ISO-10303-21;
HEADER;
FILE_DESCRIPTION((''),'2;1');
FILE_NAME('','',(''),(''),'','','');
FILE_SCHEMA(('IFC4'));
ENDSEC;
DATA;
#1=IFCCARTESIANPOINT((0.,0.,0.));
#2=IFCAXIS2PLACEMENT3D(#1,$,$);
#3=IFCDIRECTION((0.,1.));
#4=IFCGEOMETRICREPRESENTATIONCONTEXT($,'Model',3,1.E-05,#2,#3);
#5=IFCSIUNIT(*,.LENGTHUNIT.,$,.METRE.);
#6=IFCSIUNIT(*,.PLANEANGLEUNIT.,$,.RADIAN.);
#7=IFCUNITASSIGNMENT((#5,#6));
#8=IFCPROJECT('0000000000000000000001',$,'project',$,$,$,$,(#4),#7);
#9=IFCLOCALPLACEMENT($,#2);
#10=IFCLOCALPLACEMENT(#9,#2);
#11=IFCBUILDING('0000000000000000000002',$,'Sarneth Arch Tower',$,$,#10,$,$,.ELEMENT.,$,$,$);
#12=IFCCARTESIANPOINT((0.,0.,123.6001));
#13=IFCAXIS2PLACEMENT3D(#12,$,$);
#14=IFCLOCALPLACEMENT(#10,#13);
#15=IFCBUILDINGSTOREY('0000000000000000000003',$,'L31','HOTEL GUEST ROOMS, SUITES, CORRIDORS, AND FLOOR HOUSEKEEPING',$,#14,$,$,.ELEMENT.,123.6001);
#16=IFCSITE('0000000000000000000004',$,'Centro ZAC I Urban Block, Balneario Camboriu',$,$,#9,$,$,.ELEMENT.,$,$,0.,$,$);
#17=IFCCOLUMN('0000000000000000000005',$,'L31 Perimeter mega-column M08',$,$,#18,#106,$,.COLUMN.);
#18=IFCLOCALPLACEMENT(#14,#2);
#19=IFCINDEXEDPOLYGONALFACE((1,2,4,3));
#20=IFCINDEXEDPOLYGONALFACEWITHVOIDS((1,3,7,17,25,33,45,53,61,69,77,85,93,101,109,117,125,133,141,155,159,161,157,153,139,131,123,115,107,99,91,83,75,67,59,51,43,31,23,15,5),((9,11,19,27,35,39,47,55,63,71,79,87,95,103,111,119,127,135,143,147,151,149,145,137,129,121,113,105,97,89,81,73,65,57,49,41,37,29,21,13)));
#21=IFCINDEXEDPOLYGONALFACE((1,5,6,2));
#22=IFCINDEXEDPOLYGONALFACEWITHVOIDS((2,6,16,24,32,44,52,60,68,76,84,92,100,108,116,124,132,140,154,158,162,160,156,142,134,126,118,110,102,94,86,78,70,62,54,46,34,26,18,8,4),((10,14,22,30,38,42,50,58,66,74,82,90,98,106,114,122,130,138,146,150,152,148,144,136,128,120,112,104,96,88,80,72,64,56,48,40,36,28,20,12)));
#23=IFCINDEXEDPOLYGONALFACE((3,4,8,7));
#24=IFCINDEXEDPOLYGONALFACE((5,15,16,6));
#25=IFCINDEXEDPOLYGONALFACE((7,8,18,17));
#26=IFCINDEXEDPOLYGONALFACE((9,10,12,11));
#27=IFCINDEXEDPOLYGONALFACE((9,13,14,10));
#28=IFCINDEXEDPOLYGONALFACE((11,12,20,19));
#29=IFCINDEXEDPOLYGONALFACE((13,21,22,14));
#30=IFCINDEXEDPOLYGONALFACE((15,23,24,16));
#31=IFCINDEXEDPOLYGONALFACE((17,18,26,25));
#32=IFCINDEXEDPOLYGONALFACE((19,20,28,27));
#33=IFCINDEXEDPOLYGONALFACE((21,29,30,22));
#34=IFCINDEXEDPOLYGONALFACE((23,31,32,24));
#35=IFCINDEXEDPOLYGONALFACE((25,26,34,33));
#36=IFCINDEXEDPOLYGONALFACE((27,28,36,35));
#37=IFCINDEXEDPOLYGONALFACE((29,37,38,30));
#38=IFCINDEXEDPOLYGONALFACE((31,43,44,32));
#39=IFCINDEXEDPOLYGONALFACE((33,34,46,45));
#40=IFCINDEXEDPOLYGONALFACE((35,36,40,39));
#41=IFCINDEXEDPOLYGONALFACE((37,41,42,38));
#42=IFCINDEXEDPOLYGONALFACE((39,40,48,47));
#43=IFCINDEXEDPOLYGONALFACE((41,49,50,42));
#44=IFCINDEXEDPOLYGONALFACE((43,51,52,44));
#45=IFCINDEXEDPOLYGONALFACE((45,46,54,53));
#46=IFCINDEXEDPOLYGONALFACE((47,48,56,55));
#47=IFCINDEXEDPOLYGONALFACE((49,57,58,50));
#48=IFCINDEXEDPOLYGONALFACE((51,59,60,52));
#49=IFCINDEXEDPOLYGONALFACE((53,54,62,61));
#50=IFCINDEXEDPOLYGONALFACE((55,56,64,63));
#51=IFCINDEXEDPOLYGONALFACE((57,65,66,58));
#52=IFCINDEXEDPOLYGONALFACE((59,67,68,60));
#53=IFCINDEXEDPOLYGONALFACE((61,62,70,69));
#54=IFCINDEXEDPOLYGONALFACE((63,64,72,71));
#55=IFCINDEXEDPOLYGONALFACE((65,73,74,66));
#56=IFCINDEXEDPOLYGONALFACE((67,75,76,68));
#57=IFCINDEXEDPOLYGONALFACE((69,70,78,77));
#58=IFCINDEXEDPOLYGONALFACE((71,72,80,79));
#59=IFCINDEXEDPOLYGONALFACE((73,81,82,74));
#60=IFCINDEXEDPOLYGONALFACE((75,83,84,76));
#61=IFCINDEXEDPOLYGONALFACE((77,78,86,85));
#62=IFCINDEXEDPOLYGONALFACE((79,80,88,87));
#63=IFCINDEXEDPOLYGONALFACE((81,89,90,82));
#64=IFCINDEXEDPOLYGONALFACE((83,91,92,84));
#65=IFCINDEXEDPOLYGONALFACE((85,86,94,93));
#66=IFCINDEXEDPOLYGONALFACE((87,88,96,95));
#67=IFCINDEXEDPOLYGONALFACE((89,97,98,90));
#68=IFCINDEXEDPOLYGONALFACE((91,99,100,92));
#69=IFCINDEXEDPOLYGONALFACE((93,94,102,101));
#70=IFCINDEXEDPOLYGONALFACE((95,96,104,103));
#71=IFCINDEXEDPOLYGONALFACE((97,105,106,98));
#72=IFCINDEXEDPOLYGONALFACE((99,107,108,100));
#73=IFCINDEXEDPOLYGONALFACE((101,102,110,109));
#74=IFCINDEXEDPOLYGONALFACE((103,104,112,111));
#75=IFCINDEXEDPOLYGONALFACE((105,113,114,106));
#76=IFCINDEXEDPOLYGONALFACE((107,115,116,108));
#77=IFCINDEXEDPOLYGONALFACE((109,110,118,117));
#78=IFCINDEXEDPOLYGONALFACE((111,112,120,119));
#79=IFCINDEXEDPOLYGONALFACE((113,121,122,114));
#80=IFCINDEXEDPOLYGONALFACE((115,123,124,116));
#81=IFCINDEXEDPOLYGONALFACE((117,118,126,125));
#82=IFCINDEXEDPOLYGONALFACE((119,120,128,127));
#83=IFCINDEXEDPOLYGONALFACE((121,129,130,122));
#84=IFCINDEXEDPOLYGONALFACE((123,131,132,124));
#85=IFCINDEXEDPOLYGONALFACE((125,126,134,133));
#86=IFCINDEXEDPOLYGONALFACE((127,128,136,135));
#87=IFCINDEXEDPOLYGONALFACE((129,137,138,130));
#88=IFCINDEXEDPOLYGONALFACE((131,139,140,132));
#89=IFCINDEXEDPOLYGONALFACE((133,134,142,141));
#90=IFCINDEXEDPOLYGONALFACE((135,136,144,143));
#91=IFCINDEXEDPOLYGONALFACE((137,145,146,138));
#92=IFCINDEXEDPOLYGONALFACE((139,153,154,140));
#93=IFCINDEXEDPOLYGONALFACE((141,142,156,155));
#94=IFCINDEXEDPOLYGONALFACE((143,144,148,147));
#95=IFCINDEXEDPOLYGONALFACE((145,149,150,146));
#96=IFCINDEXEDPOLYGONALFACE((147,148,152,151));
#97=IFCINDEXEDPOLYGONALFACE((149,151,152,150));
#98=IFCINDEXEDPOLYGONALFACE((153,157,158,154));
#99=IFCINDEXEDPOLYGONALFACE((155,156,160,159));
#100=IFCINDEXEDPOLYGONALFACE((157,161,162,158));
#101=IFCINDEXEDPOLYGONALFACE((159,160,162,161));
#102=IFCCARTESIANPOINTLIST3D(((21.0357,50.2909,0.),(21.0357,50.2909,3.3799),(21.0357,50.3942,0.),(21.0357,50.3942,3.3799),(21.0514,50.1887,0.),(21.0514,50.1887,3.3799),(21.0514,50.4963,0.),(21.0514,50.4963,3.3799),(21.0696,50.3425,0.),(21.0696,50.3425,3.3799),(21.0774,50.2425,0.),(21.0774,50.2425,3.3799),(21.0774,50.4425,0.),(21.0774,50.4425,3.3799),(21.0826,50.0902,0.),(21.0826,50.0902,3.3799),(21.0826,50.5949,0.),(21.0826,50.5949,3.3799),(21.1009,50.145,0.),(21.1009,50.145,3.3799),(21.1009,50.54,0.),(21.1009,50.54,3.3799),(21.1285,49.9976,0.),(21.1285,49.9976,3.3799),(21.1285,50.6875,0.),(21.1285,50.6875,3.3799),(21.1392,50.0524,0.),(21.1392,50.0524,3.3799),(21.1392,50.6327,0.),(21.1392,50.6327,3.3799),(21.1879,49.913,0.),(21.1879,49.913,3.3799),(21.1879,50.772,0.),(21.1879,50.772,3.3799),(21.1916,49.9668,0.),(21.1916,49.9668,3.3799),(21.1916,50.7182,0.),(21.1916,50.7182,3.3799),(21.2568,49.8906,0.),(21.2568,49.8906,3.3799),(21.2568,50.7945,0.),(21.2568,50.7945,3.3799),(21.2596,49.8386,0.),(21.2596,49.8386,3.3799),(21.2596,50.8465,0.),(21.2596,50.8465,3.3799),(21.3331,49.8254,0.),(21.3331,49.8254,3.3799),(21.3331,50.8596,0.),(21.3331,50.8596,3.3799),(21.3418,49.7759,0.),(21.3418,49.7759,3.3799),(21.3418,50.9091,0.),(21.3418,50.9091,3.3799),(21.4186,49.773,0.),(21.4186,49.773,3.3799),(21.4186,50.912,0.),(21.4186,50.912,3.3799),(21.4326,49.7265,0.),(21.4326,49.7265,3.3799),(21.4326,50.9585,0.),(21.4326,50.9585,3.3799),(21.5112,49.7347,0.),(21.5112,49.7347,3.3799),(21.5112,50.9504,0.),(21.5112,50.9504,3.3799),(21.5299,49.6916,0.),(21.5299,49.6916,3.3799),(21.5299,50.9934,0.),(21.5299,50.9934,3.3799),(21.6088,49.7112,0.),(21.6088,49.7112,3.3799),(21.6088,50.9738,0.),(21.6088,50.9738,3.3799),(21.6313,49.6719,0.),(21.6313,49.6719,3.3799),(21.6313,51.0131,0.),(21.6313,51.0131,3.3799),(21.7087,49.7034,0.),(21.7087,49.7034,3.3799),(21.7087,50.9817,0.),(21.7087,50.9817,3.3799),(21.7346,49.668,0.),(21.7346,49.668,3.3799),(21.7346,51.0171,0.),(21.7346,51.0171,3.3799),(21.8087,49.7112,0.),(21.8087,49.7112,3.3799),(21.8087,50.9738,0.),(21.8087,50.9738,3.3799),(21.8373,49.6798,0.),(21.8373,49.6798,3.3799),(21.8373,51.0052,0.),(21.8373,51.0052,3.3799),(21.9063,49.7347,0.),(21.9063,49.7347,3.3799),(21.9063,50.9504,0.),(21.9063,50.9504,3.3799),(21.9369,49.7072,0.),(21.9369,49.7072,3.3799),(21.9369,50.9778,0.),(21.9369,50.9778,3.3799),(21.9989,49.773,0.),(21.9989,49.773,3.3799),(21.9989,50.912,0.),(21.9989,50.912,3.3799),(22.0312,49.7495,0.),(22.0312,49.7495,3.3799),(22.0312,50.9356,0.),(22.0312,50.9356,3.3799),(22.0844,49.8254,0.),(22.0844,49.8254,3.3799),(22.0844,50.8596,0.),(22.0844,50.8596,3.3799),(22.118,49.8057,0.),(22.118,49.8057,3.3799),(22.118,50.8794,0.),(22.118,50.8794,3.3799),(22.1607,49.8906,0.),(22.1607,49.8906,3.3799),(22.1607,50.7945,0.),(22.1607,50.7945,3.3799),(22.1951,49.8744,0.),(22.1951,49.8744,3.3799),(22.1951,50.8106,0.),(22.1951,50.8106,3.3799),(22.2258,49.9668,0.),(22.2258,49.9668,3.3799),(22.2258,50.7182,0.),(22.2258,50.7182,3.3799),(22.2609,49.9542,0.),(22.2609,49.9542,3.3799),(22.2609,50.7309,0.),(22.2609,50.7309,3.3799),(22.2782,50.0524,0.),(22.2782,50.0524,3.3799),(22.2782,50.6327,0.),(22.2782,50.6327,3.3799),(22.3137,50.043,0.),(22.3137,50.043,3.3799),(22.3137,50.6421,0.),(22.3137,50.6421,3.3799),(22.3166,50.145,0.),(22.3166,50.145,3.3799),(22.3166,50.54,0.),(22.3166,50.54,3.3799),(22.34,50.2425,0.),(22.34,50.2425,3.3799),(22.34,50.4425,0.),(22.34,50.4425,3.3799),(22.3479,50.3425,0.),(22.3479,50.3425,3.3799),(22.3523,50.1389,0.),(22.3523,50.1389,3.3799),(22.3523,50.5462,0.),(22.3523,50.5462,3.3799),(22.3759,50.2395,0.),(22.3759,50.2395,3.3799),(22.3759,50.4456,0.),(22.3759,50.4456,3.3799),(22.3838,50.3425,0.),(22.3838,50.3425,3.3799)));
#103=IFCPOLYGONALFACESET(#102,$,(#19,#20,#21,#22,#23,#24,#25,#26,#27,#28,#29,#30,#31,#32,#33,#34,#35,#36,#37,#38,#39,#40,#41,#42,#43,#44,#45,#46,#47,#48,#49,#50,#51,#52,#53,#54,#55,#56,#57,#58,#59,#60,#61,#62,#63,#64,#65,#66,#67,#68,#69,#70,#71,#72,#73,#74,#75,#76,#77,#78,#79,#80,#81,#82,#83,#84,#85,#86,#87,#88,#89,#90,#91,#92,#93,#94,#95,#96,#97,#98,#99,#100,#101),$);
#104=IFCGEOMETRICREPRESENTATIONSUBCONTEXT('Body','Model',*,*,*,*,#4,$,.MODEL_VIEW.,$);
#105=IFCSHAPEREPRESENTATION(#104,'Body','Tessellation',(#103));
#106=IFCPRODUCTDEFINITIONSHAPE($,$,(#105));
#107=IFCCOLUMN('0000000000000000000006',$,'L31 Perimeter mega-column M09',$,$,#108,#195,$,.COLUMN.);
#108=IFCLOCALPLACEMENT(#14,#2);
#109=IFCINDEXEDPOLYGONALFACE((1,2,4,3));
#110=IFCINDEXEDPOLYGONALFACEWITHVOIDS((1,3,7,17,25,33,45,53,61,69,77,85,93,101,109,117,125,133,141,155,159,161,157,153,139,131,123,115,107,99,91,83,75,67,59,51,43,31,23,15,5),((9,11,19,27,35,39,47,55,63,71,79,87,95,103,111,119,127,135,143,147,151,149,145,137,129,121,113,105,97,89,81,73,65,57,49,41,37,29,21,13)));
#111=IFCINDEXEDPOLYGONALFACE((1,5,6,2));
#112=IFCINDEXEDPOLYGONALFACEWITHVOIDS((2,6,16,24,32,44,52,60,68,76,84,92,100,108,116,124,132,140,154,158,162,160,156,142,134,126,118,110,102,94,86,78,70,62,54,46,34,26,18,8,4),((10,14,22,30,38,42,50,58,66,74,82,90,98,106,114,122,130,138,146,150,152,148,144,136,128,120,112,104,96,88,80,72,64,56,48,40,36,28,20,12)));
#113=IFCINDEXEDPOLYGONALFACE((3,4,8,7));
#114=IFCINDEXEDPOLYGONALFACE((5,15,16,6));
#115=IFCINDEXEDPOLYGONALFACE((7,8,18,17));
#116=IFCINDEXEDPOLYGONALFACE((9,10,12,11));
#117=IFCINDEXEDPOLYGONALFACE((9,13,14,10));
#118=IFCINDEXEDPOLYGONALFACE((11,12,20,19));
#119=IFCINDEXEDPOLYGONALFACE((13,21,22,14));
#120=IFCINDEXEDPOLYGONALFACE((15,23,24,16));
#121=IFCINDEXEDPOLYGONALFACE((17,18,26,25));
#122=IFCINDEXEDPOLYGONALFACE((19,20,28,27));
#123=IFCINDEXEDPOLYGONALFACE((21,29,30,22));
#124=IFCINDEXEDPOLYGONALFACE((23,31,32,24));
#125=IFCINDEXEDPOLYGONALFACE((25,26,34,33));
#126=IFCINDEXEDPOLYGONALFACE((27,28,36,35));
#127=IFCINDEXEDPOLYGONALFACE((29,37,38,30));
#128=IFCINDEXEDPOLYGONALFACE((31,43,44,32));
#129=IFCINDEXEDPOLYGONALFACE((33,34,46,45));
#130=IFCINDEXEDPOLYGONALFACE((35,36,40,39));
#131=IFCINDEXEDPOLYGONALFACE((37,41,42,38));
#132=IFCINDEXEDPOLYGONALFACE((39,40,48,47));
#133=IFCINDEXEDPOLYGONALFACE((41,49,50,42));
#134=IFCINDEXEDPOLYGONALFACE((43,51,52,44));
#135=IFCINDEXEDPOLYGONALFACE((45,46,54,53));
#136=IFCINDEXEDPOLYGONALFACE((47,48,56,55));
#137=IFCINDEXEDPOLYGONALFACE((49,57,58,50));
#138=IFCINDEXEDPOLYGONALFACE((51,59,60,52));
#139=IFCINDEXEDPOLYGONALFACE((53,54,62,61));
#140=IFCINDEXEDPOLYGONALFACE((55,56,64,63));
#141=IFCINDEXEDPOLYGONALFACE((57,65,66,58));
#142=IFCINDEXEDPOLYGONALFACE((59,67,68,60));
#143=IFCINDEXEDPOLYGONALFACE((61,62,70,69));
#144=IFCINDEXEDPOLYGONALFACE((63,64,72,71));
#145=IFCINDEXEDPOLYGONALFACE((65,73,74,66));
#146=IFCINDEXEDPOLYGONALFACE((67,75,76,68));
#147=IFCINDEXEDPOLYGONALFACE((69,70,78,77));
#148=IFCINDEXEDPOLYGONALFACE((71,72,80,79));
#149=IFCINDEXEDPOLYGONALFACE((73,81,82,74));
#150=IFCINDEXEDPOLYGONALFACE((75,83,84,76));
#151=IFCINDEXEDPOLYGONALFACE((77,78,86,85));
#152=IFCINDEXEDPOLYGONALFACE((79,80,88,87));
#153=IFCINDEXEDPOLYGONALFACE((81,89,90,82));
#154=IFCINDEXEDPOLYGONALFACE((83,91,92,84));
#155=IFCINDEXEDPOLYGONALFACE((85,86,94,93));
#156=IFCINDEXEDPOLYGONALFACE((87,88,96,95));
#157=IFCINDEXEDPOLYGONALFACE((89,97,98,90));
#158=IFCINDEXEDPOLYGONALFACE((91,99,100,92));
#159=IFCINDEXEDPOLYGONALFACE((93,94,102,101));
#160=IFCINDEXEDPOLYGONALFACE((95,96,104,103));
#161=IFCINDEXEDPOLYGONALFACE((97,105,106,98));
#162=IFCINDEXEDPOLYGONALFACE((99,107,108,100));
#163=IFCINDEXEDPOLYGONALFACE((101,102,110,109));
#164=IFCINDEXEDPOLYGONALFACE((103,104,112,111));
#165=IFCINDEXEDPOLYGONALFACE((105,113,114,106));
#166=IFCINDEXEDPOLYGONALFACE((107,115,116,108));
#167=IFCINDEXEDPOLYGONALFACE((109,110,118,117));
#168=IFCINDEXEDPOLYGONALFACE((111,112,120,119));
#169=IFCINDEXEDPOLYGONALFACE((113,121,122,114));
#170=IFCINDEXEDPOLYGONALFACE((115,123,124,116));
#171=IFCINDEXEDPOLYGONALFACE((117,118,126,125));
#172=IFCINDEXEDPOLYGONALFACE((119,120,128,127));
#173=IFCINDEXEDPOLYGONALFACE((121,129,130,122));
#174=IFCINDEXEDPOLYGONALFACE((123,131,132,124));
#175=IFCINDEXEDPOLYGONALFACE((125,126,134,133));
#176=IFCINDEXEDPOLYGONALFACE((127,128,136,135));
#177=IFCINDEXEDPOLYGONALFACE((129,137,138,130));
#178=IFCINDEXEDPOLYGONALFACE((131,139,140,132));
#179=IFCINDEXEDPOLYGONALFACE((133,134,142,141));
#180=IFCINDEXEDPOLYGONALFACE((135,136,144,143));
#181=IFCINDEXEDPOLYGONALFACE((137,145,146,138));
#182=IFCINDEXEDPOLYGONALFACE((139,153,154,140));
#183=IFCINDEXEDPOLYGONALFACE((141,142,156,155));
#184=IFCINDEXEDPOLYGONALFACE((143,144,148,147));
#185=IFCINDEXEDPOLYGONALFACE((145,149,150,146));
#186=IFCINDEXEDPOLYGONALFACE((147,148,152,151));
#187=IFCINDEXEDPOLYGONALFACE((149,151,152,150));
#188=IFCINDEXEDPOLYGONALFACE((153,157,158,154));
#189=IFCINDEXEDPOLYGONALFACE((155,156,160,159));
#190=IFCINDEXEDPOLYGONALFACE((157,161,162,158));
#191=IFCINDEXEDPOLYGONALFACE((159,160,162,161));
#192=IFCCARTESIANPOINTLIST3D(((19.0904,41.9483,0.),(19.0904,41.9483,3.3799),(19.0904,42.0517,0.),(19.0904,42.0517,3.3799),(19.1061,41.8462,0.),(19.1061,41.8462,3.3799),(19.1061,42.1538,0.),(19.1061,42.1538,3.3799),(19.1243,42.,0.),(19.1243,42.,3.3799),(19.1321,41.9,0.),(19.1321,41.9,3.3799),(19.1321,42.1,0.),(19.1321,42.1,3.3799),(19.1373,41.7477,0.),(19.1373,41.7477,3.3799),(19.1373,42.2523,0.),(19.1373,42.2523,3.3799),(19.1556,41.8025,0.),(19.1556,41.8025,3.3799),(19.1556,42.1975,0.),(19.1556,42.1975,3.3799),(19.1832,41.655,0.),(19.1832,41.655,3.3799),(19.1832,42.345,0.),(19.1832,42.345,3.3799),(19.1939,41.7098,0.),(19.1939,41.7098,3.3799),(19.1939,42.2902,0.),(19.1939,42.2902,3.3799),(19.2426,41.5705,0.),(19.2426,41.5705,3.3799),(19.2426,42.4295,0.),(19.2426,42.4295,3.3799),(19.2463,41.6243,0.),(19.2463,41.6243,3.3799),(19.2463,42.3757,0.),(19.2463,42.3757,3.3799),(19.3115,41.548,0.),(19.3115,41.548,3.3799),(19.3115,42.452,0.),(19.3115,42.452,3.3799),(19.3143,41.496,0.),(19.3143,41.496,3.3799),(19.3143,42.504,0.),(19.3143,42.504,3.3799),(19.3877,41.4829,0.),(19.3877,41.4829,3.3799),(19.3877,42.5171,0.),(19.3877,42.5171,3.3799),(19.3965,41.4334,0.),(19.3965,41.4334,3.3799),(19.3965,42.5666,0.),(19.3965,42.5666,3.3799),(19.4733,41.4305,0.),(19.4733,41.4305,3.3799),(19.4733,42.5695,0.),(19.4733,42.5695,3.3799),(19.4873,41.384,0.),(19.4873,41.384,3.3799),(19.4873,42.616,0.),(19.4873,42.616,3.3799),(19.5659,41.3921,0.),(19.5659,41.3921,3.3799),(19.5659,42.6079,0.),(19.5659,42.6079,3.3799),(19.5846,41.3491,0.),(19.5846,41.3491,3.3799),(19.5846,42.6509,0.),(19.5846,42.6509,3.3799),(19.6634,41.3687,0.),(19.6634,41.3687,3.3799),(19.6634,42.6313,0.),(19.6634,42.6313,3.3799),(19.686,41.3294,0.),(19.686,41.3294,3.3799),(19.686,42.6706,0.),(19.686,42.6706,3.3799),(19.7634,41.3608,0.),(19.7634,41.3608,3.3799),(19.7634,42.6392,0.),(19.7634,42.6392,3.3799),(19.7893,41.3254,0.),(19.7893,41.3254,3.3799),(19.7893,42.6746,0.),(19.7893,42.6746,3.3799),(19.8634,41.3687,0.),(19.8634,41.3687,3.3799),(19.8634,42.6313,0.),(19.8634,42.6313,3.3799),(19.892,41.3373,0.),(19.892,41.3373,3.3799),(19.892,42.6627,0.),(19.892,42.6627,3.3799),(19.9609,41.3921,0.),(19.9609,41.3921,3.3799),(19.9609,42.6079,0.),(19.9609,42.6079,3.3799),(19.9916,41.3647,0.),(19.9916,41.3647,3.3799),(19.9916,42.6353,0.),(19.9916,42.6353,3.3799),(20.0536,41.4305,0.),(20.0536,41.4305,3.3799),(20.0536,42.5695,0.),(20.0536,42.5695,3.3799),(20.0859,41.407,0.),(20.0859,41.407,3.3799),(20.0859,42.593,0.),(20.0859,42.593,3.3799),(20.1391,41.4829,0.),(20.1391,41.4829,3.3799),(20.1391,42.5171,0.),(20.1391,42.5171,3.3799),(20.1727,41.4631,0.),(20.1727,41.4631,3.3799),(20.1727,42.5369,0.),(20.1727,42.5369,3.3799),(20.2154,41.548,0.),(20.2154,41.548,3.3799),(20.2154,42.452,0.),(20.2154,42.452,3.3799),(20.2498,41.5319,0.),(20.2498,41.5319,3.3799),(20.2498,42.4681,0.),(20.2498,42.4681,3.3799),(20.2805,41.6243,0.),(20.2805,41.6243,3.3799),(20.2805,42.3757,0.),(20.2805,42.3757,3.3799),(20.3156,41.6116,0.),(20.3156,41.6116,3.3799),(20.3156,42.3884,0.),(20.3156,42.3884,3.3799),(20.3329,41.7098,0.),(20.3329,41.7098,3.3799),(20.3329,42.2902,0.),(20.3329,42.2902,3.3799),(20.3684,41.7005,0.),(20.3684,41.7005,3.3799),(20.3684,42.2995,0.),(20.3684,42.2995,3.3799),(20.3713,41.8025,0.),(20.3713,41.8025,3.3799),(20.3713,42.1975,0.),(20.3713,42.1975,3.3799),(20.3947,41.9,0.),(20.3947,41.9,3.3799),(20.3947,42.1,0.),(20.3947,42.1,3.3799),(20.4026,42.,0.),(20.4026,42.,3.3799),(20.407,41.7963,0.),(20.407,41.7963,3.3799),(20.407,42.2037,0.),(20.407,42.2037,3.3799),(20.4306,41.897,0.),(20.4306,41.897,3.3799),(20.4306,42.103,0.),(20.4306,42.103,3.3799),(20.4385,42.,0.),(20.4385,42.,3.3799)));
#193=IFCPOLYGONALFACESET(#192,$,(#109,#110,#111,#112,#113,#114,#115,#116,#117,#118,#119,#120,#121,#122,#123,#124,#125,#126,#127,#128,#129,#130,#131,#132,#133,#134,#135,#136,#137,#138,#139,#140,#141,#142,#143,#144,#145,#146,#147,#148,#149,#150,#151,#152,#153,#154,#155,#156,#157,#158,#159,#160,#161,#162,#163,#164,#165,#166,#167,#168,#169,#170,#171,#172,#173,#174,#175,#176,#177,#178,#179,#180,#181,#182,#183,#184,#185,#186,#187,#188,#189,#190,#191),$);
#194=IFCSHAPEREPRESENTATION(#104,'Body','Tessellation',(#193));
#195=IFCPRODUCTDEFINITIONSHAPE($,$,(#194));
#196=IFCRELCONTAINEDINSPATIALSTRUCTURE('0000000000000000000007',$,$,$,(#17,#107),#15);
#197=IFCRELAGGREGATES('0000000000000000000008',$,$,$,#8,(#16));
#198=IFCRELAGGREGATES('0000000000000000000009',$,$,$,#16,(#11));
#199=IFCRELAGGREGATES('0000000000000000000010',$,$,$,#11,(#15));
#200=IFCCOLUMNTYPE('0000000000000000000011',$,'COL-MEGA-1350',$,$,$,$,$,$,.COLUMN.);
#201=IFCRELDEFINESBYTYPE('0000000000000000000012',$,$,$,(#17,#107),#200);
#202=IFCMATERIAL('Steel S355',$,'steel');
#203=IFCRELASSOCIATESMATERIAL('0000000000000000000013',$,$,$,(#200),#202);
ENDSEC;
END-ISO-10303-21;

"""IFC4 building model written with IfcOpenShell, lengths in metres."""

from ifc_helpers import new_model, si_unit, direction, frame, origin, origin_2d, place, context, subcontext, project, spatial, hollow_circle, extrude, material, material_profile, profile_set, type_object, element, save


model = new_model("IFC4")

# Units and contexts
model_context = context("Model", 3, precision=1e-05, world=origin(), true_north=direction((0.0, 1.0)))
body_context = subcontext(model_context, "Body", "Model", "MODEL_VIEW")
ifc_project = project(units=[si_unit("LENGTHUNIT", "METRE"), si_unit("PLANEANGLEUNIT", "RADIAN")], contexts=[model_context])

# Site, building, storey
site_placement = place(None, origin())
site = spatial("IfcSite", under=ifc_project, at=site_placement, Name="Centro ZAC I Urban Block, Balneario Camboriu", CompositionType="ELEMENT", RefElevation=0.0)
building_placement = place(site_placement, origin())
building = spatial("IfcBuilding", under=site, at=building_placement, Name="Sarneth Arch Tower", CompositionType="ELEMENT")
storey_placement = place(building_placement, frame((0.0, 0.0, 123.6001)))
storey = spatial("IfcBuildingStorey", under=building, at=storey_placement, Name="L31", Description="HOTEL GUEST ROOMS, SUITES, CORRIDORS, AND FLOOR HOUSEKEEPING", CompositionType="ELEMENT", Elevation=123.6001)

# Columns
ifc_material_1 = material(Name="Steel S355", Category="steel")
ifc_material_profile_1 = material_profile(ifc_material_1, hollow_circle(Radius=0.675, WallThickness=0.0359, at=origin_2d()), Name="CHS1350x36")
ifc_profile_set_1 = profile_set([ifc_material_profile_1], Name="Steel S355")
column_type = type_object("IfcColumnType", Name="COL-MEGA-1350", PredefinedType="COLUMN", material=ifc_profile_set_1)
for number, where, z_axis, x_axis, name in (
    (1, (21.7087, 50.3425, 0.0), (0.0, 0.0, 1.0), (1.0, 0.0, 0.0), "L31 Perimeter mega-column M08"),
    (2, (19.7634, 42.0, 0.0), (0.0, 0.0, 1.0), (1.0, 0.0, 0.0), "L31 Perimeter mega-column M09"),
):
    element("IfcColumn", number, at=place(storey_placement, frame(where, z_axis=z_axis, x_axis=x_axis)), inside=storey, type_object=column_type, Name=name, PredefinedType="COLUMN", context=body_context, shape_type="SweptSolid", body=[
        extrude(hollow_circle(Radius=0.675, WallThickness=0.0359, at=origin_2d()), origin(), (0.0, 0.0, 1.0), 3.3799),
    ])

save(model, "model.ifc")
